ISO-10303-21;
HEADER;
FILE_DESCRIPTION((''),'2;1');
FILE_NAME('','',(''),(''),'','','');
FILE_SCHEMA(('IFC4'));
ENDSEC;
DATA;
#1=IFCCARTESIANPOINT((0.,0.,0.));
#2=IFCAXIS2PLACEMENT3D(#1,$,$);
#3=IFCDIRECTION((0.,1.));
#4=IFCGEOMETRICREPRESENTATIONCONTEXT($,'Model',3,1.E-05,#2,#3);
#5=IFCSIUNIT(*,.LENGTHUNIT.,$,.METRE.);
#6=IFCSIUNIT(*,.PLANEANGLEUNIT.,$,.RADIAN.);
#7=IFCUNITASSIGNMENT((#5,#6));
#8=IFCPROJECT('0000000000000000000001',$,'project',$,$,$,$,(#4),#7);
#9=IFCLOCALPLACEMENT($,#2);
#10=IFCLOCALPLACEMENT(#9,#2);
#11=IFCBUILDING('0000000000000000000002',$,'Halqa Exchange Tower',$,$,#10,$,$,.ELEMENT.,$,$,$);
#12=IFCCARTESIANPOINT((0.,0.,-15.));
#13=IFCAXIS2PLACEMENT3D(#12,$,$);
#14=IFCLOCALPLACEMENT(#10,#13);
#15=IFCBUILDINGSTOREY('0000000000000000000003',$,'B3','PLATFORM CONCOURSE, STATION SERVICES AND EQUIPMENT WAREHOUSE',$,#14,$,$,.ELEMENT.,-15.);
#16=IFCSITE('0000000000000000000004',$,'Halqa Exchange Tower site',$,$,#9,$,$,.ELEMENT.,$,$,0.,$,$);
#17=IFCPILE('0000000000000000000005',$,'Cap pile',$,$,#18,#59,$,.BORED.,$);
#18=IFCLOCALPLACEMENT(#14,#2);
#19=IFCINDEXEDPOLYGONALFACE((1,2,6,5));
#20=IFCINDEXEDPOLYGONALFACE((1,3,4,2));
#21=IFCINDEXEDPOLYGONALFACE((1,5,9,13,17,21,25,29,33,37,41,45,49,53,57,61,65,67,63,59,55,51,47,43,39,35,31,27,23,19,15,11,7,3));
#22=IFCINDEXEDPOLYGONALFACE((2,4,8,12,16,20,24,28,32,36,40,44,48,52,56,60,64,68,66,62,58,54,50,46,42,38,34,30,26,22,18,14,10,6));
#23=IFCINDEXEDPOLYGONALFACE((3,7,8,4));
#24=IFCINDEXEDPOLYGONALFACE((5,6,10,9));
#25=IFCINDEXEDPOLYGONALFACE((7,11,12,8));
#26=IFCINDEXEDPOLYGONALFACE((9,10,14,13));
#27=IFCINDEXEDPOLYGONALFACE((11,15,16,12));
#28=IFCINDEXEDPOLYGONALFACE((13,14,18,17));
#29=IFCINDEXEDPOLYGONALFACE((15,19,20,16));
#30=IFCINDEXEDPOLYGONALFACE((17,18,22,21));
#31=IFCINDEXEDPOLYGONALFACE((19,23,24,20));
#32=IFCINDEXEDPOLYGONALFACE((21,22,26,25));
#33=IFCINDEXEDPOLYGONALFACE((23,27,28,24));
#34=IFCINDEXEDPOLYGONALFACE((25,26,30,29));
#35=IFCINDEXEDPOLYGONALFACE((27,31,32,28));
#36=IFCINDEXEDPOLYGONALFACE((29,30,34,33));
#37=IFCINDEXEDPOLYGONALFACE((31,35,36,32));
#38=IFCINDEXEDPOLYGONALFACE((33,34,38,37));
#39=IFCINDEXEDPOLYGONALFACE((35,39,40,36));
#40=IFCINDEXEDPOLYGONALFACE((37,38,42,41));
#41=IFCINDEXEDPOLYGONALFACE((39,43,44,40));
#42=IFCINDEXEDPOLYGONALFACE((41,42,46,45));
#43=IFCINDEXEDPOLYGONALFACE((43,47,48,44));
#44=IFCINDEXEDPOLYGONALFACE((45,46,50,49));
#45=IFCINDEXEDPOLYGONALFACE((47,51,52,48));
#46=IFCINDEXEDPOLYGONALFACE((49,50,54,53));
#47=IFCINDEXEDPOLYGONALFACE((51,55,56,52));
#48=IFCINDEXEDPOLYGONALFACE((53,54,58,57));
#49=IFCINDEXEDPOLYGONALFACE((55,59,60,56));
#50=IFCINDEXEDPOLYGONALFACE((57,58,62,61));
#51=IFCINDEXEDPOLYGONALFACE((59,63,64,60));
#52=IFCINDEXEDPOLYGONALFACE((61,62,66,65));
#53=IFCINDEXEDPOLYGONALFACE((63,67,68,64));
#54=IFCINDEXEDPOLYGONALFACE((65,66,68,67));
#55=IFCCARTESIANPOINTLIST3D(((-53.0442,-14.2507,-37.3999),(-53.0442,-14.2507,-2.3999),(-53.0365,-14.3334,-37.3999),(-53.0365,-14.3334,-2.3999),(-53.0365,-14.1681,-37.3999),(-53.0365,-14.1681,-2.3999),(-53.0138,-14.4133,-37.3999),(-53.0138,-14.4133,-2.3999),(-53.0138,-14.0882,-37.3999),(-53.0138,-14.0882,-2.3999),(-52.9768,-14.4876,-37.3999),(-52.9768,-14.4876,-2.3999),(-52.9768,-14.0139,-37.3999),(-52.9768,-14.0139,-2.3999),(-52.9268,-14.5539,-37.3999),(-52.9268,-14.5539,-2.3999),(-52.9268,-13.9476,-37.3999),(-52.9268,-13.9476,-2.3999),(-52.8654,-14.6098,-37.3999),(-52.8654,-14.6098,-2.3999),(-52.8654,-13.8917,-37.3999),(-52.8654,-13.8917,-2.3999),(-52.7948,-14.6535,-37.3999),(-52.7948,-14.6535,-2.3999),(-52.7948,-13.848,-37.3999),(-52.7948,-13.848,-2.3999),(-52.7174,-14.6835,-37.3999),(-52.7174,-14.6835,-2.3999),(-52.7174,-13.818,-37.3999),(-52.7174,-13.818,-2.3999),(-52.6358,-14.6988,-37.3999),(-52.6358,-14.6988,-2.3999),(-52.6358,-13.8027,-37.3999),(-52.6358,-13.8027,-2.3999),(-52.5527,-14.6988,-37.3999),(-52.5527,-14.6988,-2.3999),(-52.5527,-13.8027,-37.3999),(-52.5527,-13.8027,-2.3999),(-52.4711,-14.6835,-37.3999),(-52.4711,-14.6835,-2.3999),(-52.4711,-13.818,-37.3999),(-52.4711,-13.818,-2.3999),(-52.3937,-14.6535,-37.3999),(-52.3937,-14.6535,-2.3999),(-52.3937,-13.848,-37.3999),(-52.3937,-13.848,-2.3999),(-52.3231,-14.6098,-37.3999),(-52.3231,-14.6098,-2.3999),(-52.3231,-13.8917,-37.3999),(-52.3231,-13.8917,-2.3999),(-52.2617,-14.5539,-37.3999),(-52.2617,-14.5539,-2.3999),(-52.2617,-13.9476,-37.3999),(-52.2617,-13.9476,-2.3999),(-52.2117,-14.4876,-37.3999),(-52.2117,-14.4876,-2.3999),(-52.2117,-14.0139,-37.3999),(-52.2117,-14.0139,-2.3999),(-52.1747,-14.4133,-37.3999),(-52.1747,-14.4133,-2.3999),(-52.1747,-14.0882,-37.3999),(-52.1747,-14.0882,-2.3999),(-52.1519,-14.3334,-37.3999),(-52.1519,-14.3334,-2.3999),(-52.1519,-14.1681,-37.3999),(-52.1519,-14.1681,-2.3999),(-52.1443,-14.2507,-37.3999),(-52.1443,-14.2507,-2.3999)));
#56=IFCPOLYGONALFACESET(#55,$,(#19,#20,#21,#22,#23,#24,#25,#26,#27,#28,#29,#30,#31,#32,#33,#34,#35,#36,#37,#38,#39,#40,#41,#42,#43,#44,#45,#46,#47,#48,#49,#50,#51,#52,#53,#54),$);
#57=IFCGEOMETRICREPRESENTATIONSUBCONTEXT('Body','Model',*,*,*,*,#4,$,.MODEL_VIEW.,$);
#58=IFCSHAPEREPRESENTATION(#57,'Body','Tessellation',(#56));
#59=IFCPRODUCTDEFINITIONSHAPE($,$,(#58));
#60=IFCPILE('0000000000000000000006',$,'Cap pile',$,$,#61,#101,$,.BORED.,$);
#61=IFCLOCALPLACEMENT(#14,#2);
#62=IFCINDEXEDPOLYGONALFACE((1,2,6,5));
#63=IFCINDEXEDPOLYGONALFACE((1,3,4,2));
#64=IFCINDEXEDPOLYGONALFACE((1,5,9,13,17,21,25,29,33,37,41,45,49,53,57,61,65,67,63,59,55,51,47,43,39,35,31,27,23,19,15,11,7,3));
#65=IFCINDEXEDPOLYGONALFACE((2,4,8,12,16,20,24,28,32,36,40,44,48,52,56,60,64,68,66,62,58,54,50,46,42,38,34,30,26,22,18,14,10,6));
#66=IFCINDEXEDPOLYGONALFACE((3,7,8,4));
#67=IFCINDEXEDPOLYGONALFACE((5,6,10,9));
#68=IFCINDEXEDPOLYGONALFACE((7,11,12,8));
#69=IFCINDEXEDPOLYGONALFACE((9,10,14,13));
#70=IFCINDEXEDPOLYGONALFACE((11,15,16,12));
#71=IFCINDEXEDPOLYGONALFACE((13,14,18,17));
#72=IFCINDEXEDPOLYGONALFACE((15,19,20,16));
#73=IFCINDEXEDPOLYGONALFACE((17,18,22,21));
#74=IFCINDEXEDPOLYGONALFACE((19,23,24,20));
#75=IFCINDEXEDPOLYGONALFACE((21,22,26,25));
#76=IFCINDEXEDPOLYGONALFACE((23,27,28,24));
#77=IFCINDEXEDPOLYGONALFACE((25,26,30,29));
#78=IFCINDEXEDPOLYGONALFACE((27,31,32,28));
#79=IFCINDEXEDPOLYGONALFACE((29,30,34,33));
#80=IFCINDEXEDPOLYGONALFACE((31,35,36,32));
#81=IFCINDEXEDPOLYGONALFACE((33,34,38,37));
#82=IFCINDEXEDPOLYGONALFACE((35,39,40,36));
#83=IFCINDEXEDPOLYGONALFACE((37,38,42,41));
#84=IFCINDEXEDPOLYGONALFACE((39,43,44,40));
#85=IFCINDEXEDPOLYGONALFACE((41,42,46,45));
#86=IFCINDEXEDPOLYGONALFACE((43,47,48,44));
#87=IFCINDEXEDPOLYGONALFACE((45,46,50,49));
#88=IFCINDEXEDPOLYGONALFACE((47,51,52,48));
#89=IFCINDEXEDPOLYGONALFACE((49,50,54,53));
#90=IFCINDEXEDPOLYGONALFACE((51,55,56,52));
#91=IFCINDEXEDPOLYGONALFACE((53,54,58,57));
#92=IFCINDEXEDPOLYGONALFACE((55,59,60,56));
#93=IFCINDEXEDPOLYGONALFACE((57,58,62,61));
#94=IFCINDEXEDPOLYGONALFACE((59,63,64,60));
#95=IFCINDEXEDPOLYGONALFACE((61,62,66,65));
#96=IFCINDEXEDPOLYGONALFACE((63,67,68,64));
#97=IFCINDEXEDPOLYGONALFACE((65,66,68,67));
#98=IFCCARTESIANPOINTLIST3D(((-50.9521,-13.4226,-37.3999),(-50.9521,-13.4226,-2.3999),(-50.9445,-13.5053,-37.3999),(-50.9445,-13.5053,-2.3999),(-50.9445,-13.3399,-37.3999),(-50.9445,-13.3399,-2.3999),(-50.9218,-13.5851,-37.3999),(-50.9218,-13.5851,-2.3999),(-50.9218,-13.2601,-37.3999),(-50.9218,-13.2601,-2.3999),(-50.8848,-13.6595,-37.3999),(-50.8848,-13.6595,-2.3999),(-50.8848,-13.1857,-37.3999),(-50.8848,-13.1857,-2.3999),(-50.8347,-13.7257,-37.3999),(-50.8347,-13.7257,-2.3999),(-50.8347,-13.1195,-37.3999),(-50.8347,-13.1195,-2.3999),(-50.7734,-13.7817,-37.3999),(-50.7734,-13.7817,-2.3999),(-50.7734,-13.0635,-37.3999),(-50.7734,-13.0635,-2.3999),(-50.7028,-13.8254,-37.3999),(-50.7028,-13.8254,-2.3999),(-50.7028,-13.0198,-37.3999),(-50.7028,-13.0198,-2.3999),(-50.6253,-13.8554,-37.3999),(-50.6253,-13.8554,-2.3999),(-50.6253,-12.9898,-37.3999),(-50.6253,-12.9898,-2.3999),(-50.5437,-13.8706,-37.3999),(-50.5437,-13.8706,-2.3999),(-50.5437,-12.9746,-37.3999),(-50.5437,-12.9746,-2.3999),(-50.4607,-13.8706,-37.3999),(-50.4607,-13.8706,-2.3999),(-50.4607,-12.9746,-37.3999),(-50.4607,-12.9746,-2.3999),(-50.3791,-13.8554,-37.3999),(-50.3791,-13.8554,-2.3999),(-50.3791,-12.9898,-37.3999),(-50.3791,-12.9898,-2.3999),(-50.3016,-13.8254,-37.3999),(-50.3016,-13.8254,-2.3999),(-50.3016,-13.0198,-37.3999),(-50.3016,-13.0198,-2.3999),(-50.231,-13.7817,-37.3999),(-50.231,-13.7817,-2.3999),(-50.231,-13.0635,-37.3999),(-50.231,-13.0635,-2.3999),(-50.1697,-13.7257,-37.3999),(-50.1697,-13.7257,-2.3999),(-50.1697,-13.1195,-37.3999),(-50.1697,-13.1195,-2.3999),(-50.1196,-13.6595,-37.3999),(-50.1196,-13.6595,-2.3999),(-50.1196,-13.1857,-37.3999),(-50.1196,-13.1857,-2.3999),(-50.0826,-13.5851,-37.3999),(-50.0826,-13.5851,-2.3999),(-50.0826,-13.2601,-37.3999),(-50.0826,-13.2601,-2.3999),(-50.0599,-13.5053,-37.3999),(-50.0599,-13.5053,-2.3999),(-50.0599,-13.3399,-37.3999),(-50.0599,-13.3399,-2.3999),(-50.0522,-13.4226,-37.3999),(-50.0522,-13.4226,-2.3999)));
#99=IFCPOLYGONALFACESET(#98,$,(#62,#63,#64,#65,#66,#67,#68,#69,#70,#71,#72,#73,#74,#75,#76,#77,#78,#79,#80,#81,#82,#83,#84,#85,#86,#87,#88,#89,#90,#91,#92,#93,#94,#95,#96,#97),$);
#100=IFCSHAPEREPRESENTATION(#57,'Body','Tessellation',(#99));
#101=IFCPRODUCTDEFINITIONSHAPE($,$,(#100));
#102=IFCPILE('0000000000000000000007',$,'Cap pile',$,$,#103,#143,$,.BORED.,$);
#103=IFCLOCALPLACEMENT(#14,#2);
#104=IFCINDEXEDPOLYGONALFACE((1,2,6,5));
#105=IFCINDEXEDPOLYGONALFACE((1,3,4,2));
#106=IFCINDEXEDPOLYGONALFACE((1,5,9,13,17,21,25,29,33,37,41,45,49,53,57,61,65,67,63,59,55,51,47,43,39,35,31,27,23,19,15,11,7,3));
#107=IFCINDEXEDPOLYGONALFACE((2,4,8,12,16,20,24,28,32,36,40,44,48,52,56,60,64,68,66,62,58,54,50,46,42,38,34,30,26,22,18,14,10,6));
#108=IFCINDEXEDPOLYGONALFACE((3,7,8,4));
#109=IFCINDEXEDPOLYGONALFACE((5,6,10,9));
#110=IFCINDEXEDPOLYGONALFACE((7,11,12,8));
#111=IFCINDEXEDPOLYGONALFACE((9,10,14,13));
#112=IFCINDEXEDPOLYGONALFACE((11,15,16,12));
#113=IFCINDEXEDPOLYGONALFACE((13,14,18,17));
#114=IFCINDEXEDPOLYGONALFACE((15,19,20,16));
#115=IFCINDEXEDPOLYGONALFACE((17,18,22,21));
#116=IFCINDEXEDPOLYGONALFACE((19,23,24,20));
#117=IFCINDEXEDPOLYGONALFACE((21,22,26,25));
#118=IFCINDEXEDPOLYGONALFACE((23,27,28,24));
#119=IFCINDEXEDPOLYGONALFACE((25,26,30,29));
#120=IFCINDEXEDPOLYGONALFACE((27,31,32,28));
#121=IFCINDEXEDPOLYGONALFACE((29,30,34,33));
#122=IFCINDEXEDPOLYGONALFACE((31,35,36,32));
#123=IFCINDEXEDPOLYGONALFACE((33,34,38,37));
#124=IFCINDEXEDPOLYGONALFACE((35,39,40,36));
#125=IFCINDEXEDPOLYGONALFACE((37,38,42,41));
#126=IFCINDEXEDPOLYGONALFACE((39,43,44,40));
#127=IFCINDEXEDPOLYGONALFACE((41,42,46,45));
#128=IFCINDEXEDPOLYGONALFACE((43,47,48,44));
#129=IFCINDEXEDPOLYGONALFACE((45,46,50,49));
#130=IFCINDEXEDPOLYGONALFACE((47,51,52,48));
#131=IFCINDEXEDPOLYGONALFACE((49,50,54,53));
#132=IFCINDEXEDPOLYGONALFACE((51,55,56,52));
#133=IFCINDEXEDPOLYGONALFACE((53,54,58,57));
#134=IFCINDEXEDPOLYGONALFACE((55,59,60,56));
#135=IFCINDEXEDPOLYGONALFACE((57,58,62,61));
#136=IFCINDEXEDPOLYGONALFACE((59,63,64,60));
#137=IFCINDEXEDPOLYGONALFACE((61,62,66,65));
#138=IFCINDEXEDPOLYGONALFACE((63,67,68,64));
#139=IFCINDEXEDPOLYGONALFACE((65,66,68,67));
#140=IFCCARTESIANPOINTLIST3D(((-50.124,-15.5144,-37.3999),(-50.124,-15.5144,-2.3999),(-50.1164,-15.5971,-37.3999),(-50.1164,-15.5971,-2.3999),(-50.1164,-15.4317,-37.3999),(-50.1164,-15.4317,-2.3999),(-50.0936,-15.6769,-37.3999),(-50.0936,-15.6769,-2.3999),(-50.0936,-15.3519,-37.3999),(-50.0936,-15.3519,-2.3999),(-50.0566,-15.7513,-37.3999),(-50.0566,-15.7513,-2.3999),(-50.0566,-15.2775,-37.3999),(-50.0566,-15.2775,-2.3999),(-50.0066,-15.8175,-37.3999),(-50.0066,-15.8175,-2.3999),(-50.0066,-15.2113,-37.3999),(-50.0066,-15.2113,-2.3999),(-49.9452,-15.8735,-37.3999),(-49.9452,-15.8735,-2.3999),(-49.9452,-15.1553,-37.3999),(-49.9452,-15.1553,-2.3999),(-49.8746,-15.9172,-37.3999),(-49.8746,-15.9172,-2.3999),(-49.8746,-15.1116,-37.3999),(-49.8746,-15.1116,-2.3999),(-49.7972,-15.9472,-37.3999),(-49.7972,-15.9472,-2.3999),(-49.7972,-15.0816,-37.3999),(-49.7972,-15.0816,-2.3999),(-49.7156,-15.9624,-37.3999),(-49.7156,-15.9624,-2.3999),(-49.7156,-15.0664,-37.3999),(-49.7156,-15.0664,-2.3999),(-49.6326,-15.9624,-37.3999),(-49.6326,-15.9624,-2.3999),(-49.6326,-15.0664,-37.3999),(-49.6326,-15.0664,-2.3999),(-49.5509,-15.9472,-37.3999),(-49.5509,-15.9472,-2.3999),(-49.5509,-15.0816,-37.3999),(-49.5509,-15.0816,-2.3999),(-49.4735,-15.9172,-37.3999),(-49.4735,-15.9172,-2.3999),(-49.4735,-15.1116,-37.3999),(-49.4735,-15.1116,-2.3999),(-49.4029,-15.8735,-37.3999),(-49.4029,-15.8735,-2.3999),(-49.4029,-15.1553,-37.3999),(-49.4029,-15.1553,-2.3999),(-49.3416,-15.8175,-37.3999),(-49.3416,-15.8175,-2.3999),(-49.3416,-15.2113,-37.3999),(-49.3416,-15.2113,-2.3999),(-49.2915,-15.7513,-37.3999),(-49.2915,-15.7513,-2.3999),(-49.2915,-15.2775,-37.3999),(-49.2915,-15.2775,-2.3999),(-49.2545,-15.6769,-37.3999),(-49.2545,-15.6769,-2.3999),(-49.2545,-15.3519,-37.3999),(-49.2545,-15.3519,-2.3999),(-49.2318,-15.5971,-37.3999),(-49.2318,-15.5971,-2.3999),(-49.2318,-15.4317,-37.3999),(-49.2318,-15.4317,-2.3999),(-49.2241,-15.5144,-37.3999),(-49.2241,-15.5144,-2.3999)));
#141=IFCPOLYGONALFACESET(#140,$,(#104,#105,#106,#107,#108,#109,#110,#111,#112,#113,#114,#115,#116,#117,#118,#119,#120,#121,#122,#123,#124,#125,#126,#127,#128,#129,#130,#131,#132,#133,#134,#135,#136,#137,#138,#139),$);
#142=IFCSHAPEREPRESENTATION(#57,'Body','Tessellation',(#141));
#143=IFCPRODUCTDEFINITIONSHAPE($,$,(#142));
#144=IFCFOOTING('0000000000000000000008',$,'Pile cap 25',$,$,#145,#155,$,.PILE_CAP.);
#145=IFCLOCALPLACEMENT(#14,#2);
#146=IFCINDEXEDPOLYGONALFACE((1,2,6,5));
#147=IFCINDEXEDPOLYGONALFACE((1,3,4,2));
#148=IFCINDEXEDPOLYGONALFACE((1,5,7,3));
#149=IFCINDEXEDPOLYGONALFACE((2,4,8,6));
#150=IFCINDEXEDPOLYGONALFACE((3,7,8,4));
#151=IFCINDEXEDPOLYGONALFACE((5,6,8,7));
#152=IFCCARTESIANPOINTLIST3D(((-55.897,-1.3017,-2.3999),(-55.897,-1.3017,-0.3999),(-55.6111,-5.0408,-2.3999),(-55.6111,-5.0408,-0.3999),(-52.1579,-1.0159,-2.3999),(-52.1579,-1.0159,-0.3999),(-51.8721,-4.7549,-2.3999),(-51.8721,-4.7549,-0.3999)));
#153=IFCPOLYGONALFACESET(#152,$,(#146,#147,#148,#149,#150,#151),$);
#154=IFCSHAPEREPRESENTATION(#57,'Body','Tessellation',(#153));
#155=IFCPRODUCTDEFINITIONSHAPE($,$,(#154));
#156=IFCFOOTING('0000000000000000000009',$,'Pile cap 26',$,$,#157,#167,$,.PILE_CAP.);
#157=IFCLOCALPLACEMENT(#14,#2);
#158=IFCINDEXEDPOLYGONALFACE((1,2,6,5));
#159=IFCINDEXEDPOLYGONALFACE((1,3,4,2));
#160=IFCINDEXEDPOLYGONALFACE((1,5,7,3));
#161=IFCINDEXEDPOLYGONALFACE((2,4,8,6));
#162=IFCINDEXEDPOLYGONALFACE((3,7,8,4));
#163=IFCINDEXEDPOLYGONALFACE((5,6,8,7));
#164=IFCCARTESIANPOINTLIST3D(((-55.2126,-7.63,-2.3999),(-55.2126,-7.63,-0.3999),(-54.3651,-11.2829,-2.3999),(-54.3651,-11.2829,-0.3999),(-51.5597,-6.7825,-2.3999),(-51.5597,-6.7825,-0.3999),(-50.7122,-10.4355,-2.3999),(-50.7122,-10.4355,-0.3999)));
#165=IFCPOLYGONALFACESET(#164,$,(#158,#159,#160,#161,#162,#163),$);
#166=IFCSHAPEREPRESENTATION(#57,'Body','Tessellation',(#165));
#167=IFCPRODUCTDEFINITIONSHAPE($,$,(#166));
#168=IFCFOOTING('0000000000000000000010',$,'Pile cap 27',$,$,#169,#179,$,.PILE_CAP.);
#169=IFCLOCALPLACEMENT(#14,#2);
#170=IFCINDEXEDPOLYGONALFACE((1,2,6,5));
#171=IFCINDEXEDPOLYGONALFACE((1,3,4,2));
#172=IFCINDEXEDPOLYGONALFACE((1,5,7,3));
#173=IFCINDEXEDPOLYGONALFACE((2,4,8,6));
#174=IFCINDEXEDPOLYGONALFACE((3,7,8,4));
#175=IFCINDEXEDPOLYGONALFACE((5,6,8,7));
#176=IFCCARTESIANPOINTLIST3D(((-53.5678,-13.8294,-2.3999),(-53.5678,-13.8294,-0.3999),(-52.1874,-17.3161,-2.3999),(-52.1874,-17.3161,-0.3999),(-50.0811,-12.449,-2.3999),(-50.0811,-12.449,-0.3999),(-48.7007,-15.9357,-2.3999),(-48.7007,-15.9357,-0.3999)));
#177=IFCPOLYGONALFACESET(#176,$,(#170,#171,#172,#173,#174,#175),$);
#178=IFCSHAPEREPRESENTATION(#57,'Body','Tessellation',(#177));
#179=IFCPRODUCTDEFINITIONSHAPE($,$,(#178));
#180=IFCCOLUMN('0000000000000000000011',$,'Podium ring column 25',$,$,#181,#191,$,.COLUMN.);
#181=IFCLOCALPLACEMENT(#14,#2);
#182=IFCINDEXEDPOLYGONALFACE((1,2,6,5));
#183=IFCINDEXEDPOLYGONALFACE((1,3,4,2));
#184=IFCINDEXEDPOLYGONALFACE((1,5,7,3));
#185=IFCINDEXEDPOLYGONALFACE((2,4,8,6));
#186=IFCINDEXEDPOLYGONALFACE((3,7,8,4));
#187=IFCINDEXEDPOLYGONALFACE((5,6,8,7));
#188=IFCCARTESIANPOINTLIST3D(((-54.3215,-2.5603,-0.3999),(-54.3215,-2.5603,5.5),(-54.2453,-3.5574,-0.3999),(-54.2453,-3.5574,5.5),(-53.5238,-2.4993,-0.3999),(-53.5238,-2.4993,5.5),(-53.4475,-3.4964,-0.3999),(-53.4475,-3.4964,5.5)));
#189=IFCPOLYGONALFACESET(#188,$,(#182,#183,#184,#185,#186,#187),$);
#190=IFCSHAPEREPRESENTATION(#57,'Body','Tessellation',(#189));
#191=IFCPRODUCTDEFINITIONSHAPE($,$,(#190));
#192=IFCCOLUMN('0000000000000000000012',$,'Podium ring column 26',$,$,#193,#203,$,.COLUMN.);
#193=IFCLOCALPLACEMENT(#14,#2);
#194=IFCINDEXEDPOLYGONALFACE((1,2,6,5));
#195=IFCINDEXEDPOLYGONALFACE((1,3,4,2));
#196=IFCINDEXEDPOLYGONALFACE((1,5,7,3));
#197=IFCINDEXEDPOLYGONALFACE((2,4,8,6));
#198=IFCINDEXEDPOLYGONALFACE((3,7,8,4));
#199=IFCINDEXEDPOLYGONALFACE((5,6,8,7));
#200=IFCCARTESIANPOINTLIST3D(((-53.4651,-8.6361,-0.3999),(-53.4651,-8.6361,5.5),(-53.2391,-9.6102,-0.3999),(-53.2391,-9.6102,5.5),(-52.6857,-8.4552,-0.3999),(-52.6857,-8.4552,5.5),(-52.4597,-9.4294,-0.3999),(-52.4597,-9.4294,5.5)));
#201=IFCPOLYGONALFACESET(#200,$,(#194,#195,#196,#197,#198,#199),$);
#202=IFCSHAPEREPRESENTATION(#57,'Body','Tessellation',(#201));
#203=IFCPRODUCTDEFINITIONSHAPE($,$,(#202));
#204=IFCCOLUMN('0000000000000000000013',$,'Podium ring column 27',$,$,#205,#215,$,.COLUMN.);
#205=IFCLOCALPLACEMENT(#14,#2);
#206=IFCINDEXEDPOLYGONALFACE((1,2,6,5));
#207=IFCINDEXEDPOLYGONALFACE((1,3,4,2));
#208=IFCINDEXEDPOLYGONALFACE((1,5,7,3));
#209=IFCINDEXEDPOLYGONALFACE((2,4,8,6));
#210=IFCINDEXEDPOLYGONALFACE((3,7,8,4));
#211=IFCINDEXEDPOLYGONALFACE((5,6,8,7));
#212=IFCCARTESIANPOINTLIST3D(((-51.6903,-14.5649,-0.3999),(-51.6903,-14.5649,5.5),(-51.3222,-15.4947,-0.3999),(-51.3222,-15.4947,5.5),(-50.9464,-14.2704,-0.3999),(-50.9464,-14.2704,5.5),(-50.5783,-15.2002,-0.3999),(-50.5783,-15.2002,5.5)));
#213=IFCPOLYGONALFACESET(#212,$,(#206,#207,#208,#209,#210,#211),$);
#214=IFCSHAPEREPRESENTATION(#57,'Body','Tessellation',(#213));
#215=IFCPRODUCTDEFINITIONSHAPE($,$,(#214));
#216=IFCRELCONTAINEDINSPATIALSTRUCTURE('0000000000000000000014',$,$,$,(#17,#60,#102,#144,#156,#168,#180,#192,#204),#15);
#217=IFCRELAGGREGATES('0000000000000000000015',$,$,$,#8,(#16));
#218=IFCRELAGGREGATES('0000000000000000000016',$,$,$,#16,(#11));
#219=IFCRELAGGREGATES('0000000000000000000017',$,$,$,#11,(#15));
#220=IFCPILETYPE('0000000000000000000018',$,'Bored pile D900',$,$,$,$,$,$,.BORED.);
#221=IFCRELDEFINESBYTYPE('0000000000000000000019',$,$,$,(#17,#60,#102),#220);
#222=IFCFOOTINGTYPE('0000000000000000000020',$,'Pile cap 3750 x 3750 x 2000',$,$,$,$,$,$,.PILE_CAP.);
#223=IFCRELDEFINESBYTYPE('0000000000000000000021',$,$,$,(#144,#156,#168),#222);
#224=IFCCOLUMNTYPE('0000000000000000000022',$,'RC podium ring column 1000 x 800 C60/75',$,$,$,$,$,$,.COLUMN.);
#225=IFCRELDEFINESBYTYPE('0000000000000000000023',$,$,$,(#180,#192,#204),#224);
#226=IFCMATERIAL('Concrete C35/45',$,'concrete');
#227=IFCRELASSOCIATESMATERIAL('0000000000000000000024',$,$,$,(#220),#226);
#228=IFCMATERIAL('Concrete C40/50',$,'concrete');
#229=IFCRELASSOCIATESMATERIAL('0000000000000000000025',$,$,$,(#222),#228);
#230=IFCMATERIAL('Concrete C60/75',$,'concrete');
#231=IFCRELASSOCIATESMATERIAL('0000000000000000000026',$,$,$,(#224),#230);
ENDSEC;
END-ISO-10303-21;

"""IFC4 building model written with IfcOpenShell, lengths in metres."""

from ifc_helpers import new_model, si_unit, direction, frame, origin, origin_2d, place, context, subcontext, project, spatial, rectangle, circle, extrude, material, material_profile, profile_set, type_object, element, save


model = new_model("IFC4")

# Units and contexts
model_context = context("Model", 3, precision=1e-05, world=origin(), true_north=direction((0.0, 1.0)))
body_context = subcontext(model_context, "Body", "Model", "MODEL_VIEW")
ifc_project = project(units=[si_unit("LENGTHUNIT", "METRE"), si_unit("PLANEANGLEUNIT", "RADIAN")], contexts=[model_context])

# Site, building, storey
site_placement = place(None, origin())
site = spatial("IfcSite", under=ifc_project, at=site_placement, Name="Halqa Exchange Tower site", CompositionType="ELEMENT", RefElevation=0.0)
building_placement = place(site_placement, origin())
building = spatial("IfcBuilding", under=site, at=building_placement, Name="Halqa Exchange Tower", CompositionType="ELEMENT")
storey_placement = place(building_placement, frame((0.0, 0.0, -15.0)))
storey = spatial("IfcBuildingStorey", under=building, at=storey_placement, Name="B3", Description="PLATFORM CONCOURSE, STATION SERVICES AND EQUIPMENT WAREHOUSE", CompositionType="ELEMENT", Elevation=-15.0)

# Piles
ifc_material_1 = material(Name="Concrete C35/45", Category="concrete")
ifc_material_profile_1 = material_profile(ifc_material_1, circle(Radius=0.45, at=origin_2d()), Name="D900")
ifc_profile_set_1 = profile_set([ifc_material_profile_1], Name="Concrete C35/45")
pile_type = type_object("IfcPileType", Name="Bored pile D900", PredefinedType="BORED", material=ifc_profile_set_1)
for number, where, z_axis, x_axis, name in (
    (1, (-52.5942, -14.2507, -2.3999), (0.0, 0.0, -1.0), (1.0, 0.0, 0.0), "Cap pile"),
    (2, (-50.5022, -13.4226, -2.3999), (0.0, 0.0, -1.0), (1.0, 0.0, 0.0), "Cap pile"),
    (3, (-49.6741, -15.5144, -2.3999), (0.0, 0.0, -1.0), (1.0, 0.0, 0.0), "Cap pile"),
):
    element("IfcPile", number, at=place(storey_placement, frame(where, z_axis=z_axis, x_axis=x_axis)), inside=storey, type_object=pile_type, Name=name, PredefinedType="BORED", context=body_context, shape_type="SweptSolid", body=[
        extrude(circle(Radius=0.45, at=origin_2d()), origin(), (0.0, 0.0, 1.0), 35.0),
    ])

# Footings
ifc_material_2 = material(Name="Concrete C40/50", Category="concrete")
footing_type = type_object("IfcFootingType", Name="Pile cap 3750 x 3750 x 2000", PredefinedType="PILE_CAP", material=ifc_material_2)
for number, where, z_axis, x_axis, name in (
    (4, (-53.8845, -3.0283, -2.3999), (0.0, 0.0, 1.0), (0.076223, -0.997091, 0.0), "Pile cap 25"),
    (5, (-52.9624, -9.0327, -2.3999), (0.0, 0.0, 1.0), (0.225997, -0.974128, 0.0), "Pile cap 26"),
    (6, (-51.1343, -14.8826, -2.3999), (0.0, 0.0, 1.0), (0.36811, -0.929782, 0.0), "Pile cap 27"),
):
    element("IfcFooting", number, at=place(storey_placement, frame(where, z_axis=z_axis, x_axis=x_axis)), inside=storey, type_object=footing_type, Name=name, PredefinedType="PILE_CAP", context=body_context, shape_type="SweptSolid", body=[
        extrude(rectangle(XDim=3.75, YDim=3.75, at=origin_2d()), origin(), (0.0, 0.0, 1.0), 2.0),
    ])

# Columns
ifc_material_3 = material(Name="Concrete C60/75", Category="concrete")
ifc_material_profile_2 = material_profile(ifc_material_3, rectangle(XDim=1.0, YDim=0.8, at=origin_2d()), Name="1000 x 800")
ifc_profile_set_2 = profile_set([ifc_material_profile_2], Name="Concrete C60/75")
column_type = type_object("IfcColumnType", Name="RC podium ring column 1000 x 800 C60/75", PredefinedType="COLUMN", material=ifc_profile_set_2)
for number, where, z_axis, x_axis, name in (
    (7, (-53.8845, -3.0283, -0.3999), (0.0, 0.0, 1.0), (0.076223, -0.997091, 0.0), "Podium ring column 25"),
    (8, (-52.9624, -9.0327, -0.3999), (0.0, 0.0, 1.0), (0.225997, -0.974128, 0.0), "Podium ring column 26"),
    (9, (-51.1343, -14.8826, -0.3999), (0.0, 0.0, 1.0), (0.36811, -0.929782, 0.0), "Podium ring column 27"),
):
    element("IfcColumn", number, at=place(storey_placement, frame(where, z_axis=z_axis, x_axis=x_axis)), inside=storey, type_object=column_type, Name=name, PredefinedType="COLUMN", context=body_context, shape_type="SweptSolid", body=[
        extrude(rectangle(XDim=1.0, YDim=0.8, at=origin_2d()), origin(), (0.0, 0.0, 1.0), 5.8999),
    ])

save(model, "model.ifc")
